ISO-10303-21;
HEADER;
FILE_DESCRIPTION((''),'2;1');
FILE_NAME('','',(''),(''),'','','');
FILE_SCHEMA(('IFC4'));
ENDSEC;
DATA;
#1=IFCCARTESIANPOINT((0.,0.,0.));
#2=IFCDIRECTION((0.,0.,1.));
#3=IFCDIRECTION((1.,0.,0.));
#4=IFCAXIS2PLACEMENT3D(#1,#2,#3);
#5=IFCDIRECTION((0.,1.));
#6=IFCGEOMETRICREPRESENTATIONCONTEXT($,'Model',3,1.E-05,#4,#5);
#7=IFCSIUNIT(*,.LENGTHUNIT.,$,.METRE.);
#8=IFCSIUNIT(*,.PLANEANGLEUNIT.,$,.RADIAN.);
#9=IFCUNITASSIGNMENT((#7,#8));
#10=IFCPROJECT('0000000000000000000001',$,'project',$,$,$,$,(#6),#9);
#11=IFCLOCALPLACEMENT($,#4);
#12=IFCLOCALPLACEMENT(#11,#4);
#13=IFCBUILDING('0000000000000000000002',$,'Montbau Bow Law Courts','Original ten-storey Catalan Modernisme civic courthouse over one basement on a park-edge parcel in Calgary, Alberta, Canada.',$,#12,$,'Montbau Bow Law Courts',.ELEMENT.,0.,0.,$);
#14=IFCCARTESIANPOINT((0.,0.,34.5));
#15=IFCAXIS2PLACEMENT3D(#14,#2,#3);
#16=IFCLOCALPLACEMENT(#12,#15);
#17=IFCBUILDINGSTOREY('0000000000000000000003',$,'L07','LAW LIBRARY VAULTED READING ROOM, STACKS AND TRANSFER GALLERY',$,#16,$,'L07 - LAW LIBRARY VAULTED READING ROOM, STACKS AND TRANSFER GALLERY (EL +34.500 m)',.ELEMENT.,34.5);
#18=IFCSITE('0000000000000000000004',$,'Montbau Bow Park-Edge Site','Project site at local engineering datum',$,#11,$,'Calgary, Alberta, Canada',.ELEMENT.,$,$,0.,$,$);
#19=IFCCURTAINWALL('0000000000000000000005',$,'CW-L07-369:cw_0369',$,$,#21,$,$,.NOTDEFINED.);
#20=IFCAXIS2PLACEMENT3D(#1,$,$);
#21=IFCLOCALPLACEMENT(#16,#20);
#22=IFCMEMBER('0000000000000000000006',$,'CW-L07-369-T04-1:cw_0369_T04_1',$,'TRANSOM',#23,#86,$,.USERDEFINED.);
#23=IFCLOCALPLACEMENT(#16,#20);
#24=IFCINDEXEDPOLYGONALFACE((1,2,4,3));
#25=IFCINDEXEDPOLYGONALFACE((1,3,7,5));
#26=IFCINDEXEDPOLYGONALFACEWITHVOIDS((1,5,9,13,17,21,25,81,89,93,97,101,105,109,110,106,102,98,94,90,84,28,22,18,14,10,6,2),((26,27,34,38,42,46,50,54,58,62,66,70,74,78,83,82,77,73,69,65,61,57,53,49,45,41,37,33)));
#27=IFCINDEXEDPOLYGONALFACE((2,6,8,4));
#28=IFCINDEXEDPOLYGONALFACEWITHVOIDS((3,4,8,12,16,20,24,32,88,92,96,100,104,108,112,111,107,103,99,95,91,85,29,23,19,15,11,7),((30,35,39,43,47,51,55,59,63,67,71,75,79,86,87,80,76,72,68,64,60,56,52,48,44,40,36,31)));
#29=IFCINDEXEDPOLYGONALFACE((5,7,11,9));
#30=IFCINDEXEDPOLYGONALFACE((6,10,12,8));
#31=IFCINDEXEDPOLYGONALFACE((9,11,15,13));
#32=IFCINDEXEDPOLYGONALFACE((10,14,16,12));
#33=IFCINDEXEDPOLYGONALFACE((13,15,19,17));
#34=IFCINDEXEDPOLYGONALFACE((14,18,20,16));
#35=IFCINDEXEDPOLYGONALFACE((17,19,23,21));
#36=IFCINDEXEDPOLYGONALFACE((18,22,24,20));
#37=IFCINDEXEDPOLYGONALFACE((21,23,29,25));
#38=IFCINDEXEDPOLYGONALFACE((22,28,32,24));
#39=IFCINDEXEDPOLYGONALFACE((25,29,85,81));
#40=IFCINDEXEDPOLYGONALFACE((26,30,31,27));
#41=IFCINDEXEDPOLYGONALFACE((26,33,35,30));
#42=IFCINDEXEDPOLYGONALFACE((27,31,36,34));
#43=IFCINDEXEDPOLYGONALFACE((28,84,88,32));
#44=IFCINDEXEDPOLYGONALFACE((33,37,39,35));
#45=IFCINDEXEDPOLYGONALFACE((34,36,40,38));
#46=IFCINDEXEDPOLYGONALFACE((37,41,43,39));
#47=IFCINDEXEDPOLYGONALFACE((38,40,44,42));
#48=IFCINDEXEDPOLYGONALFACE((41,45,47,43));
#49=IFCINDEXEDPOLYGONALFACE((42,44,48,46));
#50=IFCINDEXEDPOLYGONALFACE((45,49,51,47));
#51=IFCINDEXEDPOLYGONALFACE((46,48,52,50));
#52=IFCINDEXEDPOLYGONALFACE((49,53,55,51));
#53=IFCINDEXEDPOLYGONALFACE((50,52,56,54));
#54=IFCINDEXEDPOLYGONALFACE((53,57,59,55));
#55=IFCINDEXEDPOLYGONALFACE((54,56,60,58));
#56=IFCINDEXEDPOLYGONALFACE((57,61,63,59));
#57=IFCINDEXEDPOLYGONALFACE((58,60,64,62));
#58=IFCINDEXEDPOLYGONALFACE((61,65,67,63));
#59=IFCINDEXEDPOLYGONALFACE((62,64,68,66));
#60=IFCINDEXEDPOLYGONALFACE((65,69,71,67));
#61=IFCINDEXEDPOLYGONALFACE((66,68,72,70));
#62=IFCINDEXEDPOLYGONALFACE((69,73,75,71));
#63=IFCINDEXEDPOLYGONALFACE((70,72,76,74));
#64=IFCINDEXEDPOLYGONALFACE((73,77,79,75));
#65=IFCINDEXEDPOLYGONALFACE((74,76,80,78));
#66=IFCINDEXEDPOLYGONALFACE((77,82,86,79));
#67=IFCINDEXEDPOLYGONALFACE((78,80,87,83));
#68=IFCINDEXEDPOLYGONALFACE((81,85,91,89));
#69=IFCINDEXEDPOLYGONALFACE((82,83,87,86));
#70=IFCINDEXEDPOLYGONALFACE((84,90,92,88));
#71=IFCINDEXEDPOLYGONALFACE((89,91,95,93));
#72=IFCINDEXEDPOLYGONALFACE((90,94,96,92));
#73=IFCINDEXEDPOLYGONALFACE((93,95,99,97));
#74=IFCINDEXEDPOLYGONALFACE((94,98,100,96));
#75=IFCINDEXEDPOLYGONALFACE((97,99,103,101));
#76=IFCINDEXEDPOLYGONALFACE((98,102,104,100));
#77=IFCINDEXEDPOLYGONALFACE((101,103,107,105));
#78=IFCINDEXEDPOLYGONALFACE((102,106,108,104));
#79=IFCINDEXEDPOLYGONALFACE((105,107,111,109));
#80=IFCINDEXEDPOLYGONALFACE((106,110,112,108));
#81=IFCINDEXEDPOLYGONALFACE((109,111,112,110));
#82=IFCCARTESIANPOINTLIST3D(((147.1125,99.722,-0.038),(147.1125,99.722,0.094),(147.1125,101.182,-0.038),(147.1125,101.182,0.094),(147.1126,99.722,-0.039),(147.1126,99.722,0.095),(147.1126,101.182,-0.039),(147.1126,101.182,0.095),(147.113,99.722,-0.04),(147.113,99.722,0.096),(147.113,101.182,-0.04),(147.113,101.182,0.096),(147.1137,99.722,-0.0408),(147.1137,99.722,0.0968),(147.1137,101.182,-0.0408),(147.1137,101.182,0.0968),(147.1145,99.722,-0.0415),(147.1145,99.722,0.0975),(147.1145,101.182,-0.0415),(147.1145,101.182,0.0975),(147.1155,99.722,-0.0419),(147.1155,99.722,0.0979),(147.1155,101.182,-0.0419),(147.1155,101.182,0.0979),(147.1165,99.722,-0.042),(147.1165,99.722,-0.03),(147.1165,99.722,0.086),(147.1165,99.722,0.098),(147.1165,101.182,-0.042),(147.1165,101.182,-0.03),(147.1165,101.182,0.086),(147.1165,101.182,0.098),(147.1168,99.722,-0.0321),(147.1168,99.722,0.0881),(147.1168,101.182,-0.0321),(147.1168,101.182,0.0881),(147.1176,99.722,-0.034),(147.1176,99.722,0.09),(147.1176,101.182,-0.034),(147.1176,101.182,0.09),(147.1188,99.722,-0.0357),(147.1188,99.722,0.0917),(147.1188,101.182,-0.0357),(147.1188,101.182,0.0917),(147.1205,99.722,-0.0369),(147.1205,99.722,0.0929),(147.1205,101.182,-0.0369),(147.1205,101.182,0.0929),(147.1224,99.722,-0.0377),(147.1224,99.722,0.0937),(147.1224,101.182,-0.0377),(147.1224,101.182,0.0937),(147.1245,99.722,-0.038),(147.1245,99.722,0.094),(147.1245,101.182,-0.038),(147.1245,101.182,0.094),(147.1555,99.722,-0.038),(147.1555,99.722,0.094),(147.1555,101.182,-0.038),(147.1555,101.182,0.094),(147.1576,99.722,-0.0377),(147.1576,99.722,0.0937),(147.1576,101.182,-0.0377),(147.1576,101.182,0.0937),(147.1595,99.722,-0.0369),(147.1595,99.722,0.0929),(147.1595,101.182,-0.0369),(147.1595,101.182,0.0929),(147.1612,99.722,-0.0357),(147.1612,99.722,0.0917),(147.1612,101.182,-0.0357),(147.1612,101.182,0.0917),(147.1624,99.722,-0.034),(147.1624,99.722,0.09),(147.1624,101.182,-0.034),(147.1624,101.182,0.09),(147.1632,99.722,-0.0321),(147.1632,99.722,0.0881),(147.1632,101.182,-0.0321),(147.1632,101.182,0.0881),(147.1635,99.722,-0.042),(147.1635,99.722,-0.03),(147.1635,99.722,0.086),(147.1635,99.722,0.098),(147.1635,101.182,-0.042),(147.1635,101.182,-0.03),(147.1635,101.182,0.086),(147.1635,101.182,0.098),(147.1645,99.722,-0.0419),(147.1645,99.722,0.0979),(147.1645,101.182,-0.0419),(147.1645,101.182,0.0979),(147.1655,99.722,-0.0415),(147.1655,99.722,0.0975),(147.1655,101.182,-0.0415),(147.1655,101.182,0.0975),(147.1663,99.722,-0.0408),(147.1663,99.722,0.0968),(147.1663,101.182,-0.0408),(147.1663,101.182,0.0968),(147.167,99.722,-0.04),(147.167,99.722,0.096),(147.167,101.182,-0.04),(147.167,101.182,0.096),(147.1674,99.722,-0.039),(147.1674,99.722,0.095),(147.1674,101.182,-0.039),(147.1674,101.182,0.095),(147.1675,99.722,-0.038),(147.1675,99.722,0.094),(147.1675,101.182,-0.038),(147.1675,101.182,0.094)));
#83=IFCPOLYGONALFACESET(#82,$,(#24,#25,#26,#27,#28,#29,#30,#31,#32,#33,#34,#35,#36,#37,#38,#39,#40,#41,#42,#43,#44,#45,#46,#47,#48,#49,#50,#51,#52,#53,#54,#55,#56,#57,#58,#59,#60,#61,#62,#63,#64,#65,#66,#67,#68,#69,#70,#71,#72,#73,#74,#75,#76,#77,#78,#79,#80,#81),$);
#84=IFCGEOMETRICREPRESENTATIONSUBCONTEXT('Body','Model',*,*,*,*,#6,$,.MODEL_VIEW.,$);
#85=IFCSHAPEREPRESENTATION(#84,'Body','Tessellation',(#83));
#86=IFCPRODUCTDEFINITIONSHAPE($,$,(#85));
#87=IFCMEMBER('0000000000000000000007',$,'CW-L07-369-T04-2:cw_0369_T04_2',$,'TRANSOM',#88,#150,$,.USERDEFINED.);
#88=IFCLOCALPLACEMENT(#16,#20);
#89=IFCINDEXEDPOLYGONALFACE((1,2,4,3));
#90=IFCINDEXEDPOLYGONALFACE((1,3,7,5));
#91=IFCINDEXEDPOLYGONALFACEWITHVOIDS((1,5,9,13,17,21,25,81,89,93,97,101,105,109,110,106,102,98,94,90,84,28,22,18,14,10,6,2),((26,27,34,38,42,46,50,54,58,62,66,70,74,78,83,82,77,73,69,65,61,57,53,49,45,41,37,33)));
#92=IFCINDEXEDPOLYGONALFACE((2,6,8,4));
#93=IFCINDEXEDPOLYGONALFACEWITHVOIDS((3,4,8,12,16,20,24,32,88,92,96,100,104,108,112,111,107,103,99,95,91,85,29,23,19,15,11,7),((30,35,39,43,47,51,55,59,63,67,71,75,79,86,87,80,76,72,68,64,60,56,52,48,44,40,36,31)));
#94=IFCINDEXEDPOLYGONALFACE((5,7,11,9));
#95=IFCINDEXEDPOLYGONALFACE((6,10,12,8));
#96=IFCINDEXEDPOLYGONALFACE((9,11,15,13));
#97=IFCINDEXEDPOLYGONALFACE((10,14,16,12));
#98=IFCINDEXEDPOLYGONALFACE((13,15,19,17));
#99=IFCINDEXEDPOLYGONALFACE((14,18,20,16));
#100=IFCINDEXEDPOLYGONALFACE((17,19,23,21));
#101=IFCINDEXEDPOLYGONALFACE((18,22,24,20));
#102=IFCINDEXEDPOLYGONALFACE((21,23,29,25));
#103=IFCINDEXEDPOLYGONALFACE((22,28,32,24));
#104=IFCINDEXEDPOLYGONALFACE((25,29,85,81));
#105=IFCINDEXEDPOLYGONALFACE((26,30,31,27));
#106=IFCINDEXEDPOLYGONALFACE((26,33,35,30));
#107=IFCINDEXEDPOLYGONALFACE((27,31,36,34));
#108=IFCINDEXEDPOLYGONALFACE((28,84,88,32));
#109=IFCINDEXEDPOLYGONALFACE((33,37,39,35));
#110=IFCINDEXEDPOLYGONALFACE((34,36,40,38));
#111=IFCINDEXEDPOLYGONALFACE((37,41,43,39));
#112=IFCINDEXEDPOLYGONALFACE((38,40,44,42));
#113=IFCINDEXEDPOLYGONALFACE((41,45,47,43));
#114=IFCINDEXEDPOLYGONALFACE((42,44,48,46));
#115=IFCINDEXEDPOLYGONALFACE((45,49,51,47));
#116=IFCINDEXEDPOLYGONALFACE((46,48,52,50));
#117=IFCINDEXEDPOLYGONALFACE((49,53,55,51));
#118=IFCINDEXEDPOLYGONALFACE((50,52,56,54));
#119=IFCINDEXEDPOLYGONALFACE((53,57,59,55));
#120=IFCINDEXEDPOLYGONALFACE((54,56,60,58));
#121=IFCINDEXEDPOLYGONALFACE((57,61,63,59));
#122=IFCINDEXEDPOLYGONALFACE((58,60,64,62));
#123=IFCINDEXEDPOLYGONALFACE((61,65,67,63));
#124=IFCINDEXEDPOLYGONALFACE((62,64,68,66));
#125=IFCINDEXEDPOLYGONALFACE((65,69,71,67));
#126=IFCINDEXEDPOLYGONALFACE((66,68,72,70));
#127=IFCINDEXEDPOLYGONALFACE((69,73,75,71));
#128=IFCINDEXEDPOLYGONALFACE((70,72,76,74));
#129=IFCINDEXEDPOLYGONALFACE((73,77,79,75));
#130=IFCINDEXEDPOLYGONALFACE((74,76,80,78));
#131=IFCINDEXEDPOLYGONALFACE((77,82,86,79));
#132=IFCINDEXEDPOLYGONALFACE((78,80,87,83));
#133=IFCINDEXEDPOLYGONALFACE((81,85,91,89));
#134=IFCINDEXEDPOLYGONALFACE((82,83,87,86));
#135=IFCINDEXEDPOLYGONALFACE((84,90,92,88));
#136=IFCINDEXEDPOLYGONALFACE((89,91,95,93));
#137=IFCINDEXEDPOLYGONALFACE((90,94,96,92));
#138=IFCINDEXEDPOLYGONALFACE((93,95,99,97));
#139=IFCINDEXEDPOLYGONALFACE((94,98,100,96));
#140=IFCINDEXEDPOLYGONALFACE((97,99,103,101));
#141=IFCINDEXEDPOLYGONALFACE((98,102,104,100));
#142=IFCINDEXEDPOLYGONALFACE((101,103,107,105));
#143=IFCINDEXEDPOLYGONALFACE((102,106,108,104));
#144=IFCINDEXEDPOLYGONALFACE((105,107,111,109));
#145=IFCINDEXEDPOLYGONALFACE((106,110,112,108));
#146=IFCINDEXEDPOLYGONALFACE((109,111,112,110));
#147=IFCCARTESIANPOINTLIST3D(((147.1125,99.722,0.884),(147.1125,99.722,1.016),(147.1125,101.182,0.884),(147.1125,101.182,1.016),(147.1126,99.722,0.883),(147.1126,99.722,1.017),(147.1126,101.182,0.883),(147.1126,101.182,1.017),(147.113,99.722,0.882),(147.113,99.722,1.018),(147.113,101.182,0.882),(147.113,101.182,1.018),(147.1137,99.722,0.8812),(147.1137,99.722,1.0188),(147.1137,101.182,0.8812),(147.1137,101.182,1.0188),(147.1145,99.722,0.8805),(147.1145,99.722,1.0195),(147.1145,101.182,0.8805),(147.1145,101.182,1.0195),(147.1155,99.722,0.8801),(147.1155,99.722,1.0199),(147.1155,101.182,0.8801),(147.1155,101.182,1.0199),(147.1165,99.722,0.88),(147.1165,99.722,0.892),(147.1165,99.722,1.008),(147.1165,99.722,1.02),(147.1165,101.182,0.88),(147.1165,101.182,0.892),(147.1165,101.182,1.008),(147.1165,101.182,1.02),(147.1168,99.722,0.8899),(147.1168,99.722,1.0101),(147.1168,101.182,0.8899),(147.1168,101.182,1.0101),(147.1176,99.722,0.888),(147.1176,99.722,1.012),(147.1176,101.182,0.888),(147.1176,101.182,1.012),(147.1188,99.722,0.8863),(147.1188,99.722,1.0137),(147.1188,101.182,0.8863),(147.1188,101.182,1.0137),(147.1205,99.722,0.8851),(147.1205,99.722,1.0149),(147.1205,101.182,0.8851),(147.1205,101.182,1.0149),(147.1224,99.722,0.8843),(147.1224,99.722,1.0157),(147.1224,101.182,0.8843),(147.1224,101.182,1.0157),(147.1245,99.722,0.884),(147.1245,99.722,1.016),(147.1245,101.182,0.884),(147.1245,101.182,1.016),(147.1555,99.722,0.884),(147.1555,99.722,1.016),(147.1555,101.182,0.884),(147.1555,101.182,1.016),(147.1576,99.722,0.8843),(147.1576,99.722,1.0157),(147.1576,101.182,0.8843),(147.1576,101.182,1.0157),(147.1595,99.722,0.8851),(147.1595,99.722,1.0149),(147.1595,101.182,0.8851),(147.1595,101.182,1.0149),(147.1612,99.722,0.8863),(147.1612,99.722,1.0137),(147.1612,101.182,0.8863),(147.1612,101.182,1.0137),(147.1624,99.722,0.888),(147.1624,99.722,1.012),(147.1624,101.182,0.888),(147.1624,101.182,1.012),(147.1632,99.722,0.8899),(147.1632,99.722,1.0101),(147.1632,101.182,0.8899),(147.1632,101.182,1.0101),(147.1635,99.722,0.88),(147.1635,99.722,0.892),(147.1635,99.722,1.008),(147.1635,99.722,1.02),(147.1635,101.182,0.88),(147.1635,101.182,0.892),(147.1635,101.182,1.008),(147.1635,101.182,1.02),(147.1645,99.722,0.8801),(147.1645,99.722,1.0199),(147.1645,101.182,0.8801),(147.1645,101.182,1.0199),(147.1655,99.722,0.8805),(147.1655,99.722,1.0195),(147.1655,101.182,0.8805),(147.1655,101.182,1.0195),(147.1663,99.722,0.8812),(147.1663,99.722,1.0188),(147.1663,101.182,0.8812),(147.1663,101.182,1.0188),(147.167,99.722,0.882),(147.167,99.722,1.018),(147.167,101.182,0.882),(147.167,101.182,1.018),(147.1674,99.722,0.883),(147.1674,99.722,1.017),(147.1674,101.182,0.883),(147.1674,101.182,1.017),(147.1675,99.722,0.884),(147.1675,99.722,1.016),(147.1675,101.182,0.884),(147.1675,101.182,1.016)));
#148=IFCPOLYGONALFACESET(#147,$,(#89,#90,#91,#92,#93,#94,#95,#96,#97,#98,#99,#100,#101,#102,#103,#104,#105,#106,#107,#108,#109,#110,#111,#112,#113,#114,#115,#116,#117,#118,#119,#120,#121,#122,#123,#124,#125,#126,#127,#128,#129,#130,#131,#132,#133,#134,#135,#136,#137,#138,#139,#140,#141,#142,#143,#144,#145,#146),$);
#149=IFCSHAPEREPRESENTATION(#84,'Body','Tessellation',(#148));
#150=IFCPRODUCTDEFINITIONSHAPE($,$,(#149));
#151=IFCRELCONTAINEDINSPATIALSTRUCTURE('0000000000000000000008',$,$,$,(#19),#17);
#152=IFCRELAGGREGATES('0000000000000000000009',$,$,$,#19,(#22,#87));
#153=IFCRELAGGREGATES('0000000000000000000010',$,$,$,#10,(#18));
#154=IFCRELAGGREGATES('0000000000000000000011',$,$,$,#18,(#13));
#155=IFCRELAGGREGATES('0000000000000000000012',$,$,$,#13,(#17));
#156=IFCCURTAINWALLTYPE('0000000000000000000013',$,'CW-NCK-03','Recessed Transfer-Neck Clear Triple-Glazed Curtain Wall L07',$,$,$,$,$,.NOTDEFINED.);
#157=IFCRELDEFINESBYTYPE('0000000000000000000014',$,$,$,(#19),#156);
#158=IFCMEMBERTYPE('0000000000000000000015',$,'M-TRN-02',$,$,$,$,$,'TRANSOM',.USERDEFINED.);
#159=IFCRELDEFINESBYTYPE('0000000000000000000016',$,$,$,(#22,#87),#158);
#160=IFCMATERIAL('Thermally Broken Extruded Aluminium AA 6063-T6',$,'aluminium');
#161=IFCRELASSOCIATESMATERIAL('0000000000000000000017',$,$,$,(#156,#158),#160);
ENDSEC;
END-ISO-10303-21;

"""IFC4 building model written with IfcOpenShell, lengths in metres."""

from ifc_helpers import new_model, si_unit, direction, frame, origin_with_axes, origin_2d_with_axis, place, context, subcontext, project, spatial, hollow_rectangle, extrude, material, material_profile, profile_set, type_object, element, aggregate, save


model = new_model("IFC4")

# Units and contexts
model_context = context("Model", 3, precision=1e-05, world=origin_with_axes(), true_north=direction((0.0, 1.0)))
body_context = subcontext(model_context, "Body", "Model", "MODEL_VIEW")
ifc_project = project(units=[si_unit("LENGTHUNIT", "METRE"), si_unit("PLANEANGLEUNIT", "RADIAN")], contexts=[model_context])

# Site, building, storey
site_placement = place(None, origin_with_axes())
site = spatial("IfcSite", under=ifc_project, at=site_placement, Name="Montbau Bow Park-Edge Site", Description="Project site at local engineering datum", LongName="Calgary, Alberta, Canada", CompositionType="ELEMENT", RefElevation=0.0)
building_placement = place(site_placement, origin_with_axes())
building = spatial("IfcBuilding", under=site, at=building_placement, Name="Montbau Bow Law Courts", Description="Original ten-storey Catalan Modernisme civic courthouse over one basement on a park-edge parcel in Calgary, Alberta, Canada.", LongName="Montbau Bow Law Courts", CompositionType="ELEMENT", ElevationOfRefHeight=0.0, ElevationOfTerrain=0.0)
storey_placement = place(building_placement, frame((0.0, 0.0, 34.5), z_axis=(0.0, 0.0, 1.0), x_axis=(1.0, 0.0, 0.0)))
storey = spatial("IfcBuildingStorey", under=building, at=storey_placement, Name="L07", Description="LAW LIBRARY VAULTED READING ROOM, STACKS AND TRANSFER GALLERY", LongName="L07 - LAW LIBRARY VAULTED READING ROOM, STACKS AND TRANSFER GALLERY (EL +34.500 m)", CompositionType="ELEMENT", Elevation=34.5)

# Curtain wall, members
ifc_material_1 = material(Name="Thermally Broken Extruded Aluminium AA 6063-T6", Category="aluminium")
curtain_wall_type = type_object("IfcCurtainWallType", Name="CW-NCK-03", Description="Recessed Transfer-Neck Clear Triple-Glazed Curtain Wall L07", PredefinedType="NOTDEFINED", material=ifc_material_1)
curtain_wall_placement = place(None, frame((147.14, 95.067, 34.5), z_axis=(0.0, 0.0, 1.0), x_axis=(1.0, 0.0, 0.0)))
curtain_wall = element("IfcCurtainWall", 1, at=curtain_wall_placement, inside=storey, type_object=curtain_wall_type, Name="CW-L07-369:cw_0369", PredefinedType="NOTDEFINED")
ifc_material_profile_1 = material_profile(ifc_material_1, hollow_rectangle(XDim=0.055, YDim=0.14, WallThickness=0.004, InnerFilletRadius=0.008, OuterFilletRadius=0.004, at=origin_2d_with_axis()), Name="CWT-140X55", Category="Main", Priority=0)
ifc_profile_set_1 = profile_set([ifc_material_profile_1], Name="Thermally Broken Extruded Aluminium AA 6063-T6")
member_type_1 = type_object("IfcMemberType", Name="M-TRN-02", ElementType="TRANSOM", PredefinedType="USERDEFINED", material=ifc_profile_set_1)
member_1_placement = place(None, frame((147.14, 99.722, 34.528), z_axis=(0.0, 1.0, 0.0), x_axis=(-1.0, 0.0, 0.0)))
member_1 = element("IfcMember", 2, at=member_1_placement, type_object=member_type_1, Name="CW-L07-369-T04-1:cw_0369_T04_1", ObjectType="TRANSOM", PredefinedType="USERDEFINED", context=body_context, shape_type="SweptSolid", body=[
    extrude(hollow_rectangle(XDim=0.055, YDim=0.14, WallThickness=0.004, InnerFilletRadius=0.008, OuterFilletRadius=0.004, at=origin_2d_with_axis()), origin_with_axes(), (0.0, 0.0, 1.0), 1.46),
])
member_2_placement = place(None, frame((147.14, 99.722, 35.45), z_axis=(0.0, 1.0, 0.0), x_axis=(-1.0, 0.0, 0.0)))
member_2 = element("IfcMember", 3, at=member_2_placement, type_object=member_type_1, Name="CW-L07-369-T04-2:cw_0369_T04_2", ObjectType="TRANSOM", PredefinedType="USERDEFINED", context=body_context, shape_type="SweptSolid", body=[
    extrude(hollow_rectangle(XDim=0.055, YDim=0.14, WallThickness=0.004, InnerFilletRadius=0.008, OuterFilletRadius=0.004, at=origin_2d_with_axis()), origin_with_axes(), (0.0, 0.0, 1.0), 1.46),
])
aggregate(curtain_wall, [member_1, member_2])

save(model, "model.ifc")
